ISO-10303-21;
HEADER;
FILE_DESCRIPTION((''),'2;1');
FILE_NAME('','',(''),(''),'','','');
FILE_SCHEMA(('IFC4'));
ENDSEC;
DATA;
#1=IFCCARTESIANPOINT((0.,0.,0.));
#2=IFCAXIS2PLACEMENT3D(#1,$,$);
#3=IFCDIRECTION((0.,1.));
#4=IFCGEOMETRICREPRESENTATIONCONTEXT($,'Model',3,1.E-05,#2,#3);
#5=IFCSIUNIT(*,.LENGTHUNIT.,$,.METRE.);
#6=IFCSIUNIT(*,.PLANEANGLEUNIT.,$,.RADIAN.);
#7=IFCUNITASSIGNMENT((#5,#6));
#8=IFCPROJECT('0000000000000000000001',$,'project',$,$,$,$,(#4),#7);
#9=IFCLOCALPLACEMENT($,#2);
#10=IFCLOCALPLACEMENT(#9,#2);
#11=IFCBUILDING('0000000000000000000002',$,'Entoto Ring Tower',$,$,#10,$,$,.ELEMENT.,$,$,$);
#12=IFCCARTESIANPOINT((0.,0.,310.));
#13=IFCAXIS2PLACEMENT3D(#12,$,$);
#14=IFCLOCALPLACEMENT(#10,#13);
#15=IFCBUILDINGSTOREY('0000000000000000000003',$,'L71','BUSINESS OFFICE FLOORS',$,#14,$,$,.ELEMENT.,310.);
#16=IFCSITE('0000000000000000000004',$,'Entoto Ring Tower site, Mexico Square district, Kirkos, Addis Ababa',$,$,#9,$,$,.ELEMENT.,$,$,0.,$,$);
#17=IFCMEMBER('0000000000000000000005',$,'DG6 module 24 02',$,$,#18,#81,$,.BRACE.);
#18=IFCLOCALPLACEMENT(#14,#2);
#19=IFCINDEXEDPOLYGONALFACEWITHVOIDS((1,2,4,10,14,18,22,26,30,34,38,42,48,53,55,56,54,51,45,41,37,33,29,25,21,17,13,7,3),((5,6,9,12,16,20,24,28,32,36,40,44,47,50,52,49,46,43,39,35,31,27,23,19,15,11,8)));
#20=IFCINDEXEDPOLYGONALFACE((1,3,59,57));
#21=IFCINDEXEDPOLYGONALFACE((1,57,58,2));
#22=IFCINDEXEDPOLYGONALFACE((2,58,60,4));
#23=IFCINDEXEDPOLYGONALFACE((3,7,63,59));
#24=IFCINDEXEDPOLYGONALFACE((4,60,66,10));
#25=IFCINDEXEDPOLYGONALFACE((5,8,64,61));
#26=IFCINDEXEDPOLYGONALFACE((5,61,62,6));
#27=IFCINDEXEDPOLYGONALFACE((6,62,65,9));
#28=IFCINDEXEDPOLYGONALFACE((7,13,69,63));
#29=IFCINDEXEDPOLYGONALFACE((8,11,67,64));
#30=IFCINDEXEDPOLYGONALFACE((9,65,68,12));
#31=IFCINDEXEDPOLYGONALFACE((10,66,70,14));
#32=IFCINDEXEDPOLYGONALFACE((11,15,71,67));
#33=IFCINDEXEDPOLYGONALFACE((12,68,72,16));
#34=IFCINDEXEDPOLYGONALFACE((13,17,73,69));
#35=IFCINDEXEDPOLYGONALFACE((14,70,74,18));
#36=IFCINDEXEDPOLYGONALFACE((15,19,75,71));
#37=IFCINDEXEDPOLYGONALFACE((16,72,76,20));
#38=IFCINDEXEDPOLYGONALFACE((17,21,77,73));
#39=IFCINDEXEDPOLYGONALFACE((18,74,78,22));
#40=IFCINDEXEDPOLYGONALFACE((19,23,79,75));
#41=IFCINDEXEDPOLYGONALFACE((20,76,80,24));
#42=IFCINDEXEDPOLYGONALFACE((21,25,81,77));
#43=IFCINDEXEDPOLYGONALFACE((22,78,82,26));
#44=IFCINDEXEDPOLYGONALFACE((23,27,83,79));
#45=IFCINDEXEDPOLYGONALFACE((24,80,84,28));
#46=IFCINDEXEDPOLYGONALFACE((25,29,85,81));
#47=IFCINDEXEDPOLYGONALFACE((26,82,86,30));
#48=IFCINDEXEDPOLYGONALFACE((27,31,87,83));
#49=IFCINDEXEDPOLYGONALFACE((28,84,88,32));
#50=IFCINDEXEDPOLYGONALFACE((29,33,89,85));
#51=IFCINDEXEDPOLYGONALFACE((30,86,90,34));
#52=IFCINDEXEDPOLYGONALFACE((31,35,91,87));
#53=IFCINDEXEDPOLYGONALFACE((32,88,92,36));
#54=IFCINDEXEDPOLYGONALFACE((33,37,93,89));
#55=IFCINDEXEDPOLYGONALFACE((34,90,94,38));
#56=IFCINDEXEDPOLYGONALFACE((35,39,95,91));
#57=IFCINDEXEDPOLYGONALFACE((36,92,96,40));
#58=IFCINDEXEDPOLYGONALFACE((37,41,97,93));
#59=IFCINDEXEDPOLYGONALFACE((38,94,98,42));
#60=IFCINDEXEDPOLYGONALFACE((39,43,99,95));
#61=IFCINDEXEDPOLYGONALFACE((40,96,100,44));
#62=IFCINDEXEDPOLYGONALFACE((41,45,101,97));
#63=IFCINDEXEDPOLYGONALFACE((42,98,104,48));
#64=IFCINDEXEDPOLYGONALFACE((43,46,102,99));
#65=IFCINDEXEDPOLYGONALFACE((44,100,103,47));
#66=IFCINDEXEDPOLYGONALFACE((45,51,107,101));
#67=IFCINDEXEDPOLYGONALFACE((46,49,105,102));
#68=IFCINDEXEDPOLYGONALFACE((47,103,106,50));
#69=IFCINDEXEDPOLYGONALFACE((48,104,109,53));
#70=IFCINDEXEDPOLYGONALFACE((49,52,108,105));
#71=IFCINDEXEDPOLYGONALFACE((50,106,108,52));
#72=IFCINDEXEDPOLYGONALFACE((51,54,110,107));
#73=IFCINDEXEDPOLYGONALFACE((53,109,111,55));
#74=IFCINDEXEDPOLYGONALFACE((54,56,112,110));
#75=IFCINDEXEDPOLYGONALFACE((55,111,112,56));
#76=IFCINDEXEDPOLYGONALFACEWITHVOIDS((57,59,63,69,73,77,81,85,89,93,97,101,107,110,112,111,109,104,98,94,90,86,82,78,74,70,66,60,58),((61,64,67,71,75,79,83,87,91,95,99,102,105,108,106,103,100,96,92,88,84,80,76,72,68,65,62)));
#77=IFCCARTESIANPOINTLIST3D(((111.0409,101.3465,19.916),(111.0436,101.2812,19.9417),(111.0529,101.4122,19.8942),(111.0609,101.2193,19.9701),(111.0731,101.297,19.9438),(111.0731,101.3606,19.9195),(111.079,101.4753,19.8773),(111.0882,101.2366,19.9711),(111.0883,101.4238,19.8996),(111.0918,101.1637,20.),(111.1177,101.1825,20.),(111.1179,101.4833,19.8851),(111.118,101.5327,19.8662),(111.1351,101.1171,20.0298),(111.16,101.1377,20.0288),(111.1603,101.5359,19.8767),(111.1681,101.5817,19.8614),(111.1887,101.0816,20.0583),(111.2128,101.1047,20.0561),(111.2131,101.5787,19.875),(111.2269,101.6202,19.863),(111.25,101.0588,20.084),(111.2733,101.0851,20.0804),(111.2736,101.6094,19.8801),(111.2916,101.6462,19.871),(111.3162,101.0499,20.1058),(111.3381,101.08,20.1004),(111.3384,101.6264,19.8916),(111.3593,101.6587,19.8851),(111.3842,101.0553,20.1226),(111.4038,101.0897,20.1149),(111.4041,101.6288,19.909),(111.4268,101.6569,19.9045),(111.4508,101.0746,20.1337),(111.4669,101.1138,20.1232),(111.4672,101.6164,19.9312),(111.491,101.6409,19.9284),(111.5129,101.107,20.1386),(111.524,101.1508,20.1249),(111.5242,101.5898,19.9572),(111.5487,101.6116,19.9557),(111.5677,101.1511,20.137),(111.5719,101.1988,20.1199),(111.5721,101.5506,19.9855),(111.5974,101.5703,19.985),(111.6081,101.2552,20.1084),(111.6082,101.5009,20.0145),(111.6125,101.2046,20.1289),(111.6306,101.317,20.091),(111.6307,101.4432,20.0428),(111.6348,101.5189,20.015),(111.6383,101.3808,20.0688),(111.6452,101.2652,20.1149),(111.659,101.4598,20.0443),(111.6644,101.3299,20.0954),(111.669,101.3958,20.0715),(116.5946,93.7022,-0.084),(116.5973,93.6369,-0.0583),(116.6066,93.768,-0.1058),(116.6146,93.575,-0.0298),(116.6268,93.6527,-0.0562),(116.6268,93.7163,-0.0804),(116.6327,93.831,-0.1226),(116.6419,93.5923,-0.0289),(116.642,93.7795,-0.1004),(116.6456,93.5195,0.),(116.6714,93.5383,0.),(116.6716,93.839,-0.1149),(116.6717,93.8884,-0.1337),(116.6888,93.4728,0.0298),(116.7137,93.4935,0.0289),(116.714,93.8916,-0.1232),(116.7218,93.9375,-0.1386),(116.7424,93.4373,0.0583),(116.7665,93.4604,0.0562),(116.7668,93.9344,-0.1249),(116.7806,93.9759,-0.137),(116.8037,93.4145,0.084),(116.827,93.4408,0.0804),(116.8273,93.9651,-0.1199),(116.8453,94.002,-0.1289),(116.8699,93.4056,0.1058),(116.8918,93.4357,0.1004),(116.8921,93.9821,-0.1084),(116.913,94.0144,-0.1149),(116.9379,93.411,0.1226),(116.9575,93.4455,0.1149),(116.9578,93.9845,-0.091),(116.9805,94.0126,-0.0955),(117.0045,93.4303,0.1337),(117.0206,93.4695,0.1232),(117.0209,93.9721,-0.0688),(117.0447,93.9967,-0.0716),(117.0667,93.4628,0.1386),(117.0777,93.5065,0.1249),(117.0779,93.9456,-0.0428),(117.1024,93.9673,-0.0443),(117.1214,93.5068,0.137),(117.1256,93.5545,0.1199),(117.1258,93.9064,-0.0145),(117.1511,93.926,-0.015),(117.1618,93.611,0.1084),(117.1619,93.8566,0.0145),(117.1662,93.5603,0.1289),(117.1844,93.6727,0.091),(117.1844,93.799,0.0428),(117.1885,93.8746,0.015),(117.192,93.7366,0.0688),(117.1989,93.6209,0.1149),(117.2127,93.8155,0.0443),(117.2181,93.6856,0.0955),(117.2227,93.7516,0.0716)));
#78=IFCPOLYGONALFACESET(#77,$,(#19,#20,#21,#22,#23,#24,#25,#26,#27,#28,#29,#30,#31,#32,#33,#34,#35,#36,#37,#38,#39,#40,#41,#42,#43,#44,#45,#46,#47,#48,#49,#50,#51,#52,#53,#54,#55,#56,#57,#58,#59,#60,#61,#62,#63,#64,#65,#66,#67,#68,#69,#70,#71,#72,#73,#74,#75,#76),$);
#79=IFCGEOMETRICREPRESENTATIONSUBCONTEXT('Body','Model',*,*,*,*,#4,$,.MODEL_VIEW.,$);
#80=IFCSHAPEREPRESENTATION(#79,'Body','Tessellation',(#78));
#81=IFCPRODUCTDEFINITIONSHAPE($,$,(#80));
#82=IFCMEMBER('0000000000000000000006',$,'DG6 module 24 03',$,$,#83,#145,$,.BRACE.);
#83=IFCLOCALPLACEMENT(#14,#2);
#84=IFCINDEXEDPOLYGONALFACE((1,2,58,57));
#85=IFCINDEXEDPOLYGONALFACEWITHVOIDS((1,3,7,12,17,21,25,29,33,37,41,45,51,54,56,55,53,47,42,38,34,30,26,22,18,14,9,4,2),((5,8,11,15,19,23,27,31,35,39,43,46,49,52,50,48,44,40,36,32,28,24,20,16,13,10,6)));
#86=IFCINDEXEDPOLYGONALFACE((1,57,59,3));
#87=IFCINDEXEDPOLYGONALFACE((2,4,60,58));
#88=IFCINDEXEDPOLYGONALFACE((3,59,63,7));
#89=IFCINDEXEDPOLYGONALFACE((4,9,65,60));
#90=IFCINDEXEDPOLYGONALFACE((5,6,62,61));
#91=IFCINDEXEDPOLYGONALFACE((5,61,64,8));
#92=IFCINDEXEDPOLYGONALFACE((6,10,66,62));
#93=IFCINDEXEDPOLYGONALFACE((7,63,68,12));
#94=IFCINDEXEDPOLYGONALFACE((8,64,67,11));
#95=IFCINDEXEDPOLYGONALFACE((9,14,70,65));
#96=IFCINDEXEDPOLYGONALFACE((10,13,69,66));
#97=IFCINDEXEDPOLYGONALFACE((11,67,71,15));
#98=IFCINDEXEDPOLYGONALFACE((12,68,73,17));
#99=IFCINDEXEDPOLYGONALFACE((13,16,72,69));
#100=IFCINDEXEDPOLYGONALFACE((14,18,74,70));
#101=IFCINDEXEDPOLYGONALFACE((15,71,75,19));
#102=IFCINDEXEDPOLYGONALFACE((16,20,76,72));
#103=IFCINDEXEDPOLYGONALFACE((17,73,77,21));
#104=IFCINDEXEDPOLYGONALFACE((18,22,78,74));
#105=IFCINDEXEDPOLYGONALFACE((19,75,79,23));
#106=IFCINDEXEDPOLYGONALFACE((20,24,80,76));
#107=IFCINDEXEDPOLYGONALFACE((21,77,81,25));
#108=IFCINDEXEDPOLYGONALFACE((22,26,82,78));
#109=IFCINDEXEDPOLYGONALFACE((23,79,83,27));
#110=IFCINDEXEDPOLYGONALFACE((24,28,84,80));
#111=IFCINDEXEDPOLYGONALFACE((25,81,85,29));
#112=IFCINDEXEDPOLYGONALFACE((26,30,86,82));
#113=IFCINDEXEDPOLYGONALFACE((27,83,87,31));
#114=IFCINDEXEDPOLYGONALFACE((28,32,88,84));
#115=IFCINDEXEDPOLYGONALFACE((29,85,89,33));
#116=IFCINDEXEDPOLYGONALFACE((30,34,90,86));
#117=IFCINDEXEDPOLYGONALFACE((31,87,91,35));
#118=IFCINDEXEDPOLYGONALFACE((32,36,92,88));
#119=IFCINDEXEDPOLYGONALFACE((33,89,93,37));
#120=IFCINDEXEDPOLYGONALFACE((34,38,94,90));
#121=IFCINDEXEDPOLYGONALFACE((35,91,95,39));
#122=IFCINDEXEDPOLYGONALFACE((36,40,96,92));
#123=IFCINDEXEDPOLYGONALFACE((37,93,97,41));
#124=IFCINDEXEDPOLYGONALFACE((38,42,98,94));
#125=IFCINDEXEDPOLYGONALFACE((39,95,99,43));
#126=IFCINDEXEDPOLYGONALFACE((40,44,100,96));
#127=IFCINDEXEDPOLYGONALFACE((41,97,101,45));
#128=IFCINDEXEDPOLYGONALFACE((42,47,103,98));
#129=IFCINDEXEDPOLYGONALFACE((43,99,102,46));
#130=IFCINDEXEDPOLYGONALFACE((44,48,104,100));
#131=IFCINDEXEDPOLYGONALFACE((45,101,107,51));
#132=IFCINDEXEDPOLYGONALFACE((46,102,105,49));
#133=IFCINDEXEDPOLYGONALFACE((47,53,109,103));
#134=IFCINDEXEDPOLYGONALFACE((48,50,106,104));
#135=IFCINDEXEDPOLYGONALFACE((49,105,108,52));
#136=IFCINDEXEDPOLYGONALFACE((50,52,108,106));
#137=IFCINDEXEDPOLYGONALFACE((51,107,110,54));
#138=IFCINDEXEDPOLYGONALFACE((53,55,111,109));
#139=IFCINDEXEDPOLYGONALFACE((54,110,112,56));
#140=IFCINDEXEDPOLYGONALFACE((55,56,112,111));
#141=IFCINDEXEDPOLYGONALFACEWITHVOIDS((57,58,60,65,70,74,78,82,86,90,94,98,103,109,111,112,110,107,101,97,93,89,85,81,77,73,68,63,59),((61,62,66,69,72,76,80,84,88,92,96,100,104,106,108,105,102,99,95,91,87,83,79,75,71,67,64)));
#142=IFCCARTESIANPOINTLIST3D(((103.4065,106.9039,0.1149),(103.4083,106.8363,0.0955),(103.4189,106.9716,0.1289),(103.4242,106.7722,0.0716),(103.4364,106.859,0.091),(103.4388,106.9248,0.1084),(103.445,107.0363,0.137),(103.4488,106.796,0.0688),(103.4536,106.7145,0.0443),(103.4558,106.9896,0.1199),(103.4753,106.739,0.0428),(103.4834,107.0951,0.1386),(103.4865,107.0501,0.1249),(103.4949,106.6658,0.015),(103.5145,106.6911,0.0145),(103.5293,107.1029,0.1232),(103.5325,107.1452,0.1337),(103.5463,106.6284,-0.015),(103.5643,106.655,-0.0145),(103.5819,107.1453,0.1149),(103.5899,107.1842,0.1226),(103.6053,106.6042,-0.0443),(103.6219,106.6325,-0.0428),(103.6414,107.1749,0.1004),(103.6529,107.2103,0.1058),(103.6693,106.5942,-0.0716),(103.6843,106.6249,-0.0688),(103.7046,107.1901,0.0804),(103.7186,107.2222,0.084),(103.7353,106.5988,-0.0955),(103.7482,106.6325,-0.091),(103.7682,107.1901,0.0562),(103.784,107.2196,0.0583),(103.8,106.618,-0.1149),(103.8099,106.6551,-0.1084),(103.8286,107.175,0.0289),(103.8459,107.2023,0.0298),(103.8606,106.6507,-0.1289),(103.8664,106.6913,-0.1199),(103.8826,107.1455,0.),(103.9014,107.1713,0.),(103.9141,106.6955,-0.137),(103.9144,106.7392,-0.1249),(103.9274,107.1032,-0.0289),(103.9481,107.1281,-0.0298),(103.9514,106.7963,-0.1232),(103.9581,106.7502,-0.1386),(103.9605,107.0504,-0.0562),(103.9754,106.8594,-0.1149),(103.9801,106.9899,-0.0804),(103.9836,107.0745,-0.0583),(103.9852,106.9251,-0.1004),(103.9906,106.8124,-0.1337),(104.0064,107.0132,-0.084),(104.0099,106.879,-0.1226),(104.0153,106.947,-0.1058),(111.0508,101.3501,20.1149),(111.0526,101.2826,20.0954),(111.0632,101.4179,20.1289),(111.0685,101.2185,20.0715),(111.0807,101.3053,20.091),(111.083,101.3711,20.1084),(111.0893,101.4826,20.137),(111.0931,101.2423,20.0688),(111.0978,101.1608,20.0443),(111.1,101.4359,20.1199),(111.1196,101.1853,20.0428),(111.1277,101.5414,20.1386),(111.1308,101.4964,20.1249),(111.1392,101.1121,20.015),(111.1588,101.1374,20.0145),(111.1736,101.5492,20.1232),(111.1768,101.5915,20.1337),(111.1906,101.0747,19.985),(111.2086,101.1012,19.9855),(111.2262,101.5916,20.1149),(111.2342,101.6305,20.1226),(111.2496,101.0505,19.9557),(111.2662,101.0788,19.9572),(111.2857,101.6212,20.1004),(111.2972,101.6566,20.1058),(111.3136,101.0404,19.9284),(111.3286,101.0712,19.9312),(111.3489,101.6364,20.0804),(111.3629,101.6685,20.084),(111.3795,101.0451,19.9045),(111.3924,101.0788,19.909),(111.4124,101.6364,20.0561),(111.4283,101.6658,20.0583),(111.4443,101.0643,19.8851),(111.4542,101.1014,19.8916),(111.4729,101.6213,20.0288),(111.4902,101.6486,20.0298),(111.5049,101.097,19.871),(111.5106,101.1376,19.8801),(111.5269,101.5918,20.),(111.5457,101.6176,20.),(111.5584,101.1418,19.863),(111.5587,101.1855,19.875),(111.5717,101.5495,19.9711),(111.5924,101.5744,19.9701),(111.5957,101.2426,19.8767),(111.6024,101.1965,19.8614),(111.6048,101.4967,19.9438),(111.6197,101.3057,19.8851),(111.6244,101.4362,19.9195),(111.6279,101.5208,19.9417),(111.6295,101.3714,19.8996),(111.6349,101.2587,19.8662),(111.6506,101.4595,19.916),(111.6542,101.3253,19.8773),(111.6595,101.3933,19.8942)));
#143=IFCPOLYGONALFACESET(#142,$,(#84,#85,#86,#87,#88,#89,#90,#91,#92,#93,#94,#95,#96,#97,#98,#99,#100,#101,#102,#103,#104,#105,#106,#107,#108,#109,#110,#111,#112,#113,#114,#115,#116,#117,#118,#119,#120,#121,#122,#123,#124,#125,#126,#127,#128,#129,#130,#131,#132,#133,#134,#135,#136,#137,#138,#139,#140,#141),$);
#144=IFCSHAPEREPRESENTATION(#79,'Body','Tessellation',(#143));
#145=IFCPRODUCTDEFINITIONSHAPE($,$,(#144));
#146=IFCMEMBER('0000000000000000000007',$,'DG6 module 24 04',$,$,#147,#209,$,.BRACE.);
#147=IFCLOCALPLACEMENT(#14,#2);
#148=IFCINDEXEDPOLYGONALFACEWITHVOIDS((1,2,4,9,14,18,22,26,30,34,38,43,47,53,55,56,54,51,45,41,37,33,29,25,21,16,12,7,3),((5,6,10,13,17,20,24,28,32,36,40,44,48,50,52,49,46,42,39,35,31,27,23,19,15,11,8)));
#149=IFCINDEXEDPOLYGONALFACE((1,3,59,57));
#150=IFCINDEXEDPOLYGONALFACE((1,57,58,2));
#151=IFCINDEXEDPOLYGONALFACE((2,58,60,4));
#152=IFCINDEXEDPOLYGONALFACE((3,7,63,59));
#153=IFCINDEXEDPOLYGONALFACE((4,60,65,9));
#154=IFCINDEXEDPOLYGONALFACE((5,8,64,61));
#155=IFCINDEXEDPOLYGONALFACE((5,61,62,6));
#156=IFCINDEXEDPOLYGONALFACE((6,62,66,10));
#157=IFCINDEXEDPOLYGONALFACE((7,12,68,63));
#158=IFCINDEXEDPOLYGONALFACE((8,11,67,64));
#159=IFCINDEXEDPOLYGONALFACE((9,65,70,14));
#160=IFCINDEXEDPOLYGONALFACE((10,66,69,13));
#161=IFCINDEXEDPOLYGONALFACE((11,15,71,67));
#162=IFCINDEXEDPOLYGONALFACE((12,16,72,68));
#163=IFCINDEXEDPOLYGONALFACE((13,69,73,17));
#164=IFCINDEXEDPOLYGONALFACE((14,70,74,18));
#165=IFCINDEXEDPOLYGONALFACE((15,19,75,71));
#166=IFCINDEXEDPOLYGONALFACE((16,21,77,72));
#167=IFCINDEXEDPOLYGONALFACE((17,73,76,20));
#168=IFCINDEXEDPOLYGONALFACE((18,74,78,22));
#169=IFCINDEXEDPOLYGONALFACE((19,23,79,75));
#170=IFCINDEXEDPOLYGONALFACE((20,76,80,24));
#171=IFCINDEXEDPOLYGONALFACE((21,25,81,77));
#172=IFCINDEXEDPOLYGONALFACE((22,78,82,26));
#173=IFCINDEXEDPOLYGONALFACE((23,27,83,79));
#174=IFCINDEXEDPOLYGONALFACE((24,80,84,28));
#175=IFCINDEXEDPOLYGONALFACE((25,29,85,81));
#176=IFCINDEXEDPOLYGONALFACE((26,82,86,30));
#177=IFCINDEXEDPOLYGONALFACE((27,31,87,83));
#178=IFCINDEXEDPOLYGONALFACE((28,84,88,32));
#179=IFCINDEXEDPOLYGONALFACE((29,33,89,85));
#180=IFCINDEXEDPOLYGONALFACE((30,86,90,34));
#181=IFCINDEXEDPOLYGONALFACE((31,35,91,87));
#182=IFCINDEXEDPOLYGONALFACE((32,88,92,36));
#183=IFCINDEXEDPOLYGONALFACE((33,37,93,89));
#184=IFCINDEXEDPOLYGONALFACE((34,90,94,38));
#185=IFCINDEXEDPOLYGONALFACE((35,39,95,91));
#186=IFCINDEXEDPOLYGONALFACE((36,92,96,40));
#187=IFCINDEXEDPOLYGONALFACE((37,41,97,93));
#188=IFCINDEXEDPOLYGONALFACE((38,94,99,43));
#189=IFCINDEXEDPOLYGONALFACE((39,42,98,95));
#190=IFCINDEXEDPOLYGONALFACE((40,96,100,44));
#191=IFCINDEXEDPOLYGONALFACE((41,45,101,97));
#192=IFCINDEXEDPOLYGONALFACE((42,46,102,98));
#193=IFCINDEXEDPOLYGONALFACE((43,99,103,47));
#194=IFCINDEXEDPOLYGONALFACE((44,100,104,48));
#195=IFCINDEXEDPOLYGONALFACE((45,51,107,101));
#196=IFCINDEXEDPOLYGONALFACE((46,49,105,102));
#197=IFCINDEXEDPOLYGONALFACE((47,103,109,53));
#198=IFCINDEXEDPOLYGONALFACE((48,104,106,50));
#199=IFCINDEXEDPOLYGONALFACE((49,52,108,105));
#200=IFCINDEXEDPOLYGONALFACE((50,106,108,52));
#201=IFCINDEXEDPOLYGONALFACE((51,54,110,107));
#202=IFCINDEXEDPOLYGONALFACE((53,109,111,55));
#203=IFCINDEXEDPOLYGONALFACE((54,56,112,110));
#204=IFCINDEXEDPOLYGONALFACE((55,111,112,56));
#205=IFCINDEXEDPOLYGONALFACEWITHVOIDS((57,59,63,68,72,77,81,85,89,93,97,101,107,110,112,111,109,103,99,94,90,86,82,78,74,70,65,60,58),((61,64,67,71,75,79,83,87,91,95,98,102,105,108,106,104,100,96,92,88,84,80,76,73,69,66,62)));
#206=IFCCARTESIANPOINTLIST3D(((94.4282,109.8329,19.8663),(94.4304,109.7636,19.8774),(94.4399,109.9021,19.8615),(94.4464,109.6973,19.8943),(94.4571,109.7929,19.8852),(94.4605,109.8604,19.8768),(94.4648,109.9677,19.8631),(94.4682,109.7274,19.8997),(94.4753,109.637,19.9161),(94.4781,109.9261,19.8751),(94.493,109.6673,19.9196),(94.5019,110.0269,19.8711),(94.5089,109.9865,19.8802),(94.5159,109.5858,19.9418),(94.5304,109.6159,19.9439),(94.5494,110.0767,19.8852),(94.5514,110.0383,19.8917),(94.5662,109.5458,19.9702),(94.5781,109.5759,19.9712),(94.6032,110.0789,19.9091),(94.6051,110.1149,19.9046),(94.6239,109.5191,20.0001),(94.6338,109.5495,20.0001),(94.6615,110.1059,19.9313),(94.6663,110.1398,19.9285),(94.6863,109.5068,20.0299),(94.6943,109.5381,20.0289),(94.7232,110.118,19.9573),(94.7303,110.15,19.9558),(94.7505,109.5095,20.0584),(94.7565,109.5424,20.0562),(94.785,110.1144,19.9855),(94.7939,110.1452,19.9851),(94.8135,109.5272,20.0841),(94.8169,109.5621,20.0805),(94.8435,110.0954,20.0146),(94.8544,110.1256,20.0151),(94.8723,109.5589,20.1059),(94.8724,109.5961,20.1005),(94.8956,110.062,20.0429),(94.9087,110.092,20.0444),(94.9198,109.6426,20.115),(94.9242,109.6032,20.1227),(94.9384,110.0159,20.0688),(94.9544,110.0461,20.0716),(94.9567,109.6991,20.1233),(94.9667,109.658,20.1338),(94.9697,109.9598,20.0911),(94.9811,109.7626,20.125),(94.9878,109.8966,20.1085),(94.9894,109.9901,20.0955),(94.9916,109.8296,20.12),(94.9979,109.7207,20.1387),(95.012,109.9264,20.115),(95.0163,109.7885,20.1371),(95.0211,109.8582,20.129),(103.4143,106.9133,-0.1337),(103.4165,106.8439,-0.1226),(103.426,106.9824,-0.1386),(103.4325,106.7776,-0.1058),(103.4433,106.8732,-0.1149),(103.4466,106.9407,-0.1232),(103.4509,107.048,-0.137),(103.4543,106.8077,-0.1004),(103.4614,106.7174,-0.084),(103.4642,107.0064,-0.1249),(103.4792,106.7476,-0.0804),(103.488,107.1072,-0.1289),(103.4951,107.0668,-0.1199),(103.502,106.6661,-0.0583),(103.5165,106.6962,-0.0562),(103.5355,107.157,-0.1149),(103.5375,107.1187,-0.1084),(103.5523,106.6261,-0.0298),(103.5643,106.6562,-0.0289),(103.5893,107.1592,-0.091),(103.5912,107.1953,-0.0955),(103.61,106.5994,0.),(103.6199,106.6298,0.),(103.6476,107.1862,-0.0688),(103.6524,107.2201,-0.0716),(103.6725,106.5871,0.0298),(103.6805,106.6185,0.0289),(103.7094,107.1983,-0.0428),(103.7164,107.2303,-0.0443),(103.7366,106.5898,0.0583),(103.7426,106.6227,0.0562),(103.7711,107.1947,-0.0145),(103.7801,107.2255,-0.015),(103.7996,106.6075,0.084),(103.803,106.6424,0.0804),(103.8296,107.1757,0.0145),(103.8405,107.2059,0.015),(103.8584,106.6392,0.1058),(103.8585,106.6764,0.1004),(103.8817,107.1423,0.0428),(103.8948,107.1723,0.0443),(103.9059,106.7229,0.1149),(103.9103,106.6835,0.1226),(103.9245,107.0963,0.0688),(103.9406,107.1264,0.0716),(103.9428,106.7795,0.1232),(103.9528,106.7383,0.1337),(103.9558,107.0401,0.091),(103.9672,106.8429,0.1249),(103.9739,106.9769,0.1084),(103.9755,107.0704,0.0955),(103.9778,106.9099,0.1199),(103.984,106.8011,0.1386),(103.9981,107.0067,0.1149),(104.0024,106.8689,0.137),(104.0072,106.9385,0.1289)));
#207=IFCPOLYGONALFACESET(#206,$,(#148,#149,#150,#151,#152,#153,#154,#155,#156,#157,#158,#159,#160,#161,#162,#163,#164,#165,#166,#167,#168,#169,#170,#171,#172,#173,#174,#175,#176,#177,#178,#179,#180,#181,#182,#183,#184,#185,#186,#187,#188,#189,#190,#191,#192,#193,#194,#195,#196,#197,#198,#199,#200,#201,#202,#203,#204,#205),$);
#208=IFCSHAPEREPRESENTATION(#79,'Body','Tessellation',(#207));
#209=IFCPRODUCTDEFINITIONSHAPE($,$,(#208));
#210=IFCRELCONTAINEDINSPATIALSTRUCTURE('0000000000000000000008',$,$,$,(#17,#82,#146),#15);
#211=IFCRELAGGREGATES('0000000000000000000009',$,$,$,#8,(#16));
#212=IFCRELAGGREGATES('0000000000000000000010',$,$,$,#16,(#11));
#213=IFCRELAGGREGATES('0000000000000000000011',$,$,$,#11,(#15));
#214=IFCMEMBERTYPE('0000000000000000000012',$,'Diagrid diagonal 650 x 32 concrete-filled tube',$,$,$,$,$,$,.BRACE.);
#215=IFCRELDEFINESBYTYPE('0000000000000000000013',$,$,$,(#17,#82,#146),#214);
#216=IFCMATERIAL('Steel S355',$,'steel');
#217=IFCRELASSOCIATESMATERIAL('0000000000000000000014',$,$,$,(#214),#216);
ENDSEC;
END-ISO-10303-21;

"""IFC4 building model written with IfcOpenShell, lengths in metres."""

from ifc_helpers import new_model, si_unit, direction, frame, origin, origin_2d, place, context, subcontext, project, spatial, circle, hollow_circle, extrude, material, material_profile, profile_set, type_object, element, save


model = new_model("IFC4")

# Units and contexts
model_context = context("Model", 3, precision=1e-05, world=origin(), true_north=direction((0.0, 1.0)))
body_context = subcontext(model_context, "Body", "Model", "MODEL_VIEW")
ifc_project = project(units=[si_unit("LENGTHUNIT", "METRE"), si_unit("PLANEANGLEUNIT", "RADIAN")], contexts=[model_context])

# Site, building, storey
site_placement = place(None, origin())
site = spatial("IfcSite", under=ifc_project, at=site_placement, Name="Entoto Ring Tower site, Mexico Square district, Kirkos, Addis Ababa", CompositionType="ELEMENT", RefElevation=0.0)
building_placement = place(site_placement, origin())
building = spatial("IfcBuilding", under=site, at=building_placement, Name="Entoto Ring Tower", CompositionType="ELEMENT")
storey_placement = place(building_placement, frame((0.0, 0.0, 310.0)))
storey = spatial("IfcBuildingStorey", under=building, at=storey_placement, Name="L71", Description="BUSINESS OFFICE FLOORS", CompositionType="ELEMENT", Elevation=310.0)

# Members
ifc_material_1 = material(Name="Steel S355", Category="steel")
ifc_material_profile_1 = material_profile(ifc_material_1, hollow_circle(Radius=0.325, WallThickness=0.032, at=origin_2d()), Name="CHS 650 x 32")
ifc_material_2 = material(Name="Concrete C60/75", Category="concrete")
ifc_material_profile_2 = material_profile(ifc_material_2, circle(Radius=0.293, at=origin_2d()), Name="Concrete C60/75 infill")
ifc_profile_set_1 = profile_set([ifc_material_profile_1, ifc_material_profile_2], Name="Steel S355")
member_type_1 = type_object("IfcMemberType", Name="Diagrid diagonal 650 x 32 concrete-filled tube", PredefinedType="BRACE", material=ifc_profile_set_1)
for number, where, z_axis, x_axis, name in (
    (1, (116.9084, 93.7104, 0.0), (-0.251076, 0.345588, 0.904174), (-0.809026, -0.587772, 0.0), "DG6 module 24 02"),
    (2, (103.7104, 106.9084, 0.0), (0.345588, -0.251076, 0.904174), (0.587772, 0.809026, 0.0), "DG6 module 24 03"),
    (3, (103.7104, 106.9084, 0.0), (-0.406251, 0.131995, 0.904178), (-0.30901, -0.951059, 0.0), "DG6 module 24 04"),
):
    element("IfcMember", number, at=place(storey_placement, frame(where, z_axis=z_axis, x_axis=x_axis)), inside=storey, type_object=member_type_1, Name=name, PredefinedType="BRACE", context=body_context, shape_type="SweptSolid", body=[
        extrude(hollow_circle(Radius=0.325, WallThickness=0.032, at=origin_2d()), origin(), (0.0, 0.0, 1.0), 22.1196),
    ])

save(model, "model.ifc")
